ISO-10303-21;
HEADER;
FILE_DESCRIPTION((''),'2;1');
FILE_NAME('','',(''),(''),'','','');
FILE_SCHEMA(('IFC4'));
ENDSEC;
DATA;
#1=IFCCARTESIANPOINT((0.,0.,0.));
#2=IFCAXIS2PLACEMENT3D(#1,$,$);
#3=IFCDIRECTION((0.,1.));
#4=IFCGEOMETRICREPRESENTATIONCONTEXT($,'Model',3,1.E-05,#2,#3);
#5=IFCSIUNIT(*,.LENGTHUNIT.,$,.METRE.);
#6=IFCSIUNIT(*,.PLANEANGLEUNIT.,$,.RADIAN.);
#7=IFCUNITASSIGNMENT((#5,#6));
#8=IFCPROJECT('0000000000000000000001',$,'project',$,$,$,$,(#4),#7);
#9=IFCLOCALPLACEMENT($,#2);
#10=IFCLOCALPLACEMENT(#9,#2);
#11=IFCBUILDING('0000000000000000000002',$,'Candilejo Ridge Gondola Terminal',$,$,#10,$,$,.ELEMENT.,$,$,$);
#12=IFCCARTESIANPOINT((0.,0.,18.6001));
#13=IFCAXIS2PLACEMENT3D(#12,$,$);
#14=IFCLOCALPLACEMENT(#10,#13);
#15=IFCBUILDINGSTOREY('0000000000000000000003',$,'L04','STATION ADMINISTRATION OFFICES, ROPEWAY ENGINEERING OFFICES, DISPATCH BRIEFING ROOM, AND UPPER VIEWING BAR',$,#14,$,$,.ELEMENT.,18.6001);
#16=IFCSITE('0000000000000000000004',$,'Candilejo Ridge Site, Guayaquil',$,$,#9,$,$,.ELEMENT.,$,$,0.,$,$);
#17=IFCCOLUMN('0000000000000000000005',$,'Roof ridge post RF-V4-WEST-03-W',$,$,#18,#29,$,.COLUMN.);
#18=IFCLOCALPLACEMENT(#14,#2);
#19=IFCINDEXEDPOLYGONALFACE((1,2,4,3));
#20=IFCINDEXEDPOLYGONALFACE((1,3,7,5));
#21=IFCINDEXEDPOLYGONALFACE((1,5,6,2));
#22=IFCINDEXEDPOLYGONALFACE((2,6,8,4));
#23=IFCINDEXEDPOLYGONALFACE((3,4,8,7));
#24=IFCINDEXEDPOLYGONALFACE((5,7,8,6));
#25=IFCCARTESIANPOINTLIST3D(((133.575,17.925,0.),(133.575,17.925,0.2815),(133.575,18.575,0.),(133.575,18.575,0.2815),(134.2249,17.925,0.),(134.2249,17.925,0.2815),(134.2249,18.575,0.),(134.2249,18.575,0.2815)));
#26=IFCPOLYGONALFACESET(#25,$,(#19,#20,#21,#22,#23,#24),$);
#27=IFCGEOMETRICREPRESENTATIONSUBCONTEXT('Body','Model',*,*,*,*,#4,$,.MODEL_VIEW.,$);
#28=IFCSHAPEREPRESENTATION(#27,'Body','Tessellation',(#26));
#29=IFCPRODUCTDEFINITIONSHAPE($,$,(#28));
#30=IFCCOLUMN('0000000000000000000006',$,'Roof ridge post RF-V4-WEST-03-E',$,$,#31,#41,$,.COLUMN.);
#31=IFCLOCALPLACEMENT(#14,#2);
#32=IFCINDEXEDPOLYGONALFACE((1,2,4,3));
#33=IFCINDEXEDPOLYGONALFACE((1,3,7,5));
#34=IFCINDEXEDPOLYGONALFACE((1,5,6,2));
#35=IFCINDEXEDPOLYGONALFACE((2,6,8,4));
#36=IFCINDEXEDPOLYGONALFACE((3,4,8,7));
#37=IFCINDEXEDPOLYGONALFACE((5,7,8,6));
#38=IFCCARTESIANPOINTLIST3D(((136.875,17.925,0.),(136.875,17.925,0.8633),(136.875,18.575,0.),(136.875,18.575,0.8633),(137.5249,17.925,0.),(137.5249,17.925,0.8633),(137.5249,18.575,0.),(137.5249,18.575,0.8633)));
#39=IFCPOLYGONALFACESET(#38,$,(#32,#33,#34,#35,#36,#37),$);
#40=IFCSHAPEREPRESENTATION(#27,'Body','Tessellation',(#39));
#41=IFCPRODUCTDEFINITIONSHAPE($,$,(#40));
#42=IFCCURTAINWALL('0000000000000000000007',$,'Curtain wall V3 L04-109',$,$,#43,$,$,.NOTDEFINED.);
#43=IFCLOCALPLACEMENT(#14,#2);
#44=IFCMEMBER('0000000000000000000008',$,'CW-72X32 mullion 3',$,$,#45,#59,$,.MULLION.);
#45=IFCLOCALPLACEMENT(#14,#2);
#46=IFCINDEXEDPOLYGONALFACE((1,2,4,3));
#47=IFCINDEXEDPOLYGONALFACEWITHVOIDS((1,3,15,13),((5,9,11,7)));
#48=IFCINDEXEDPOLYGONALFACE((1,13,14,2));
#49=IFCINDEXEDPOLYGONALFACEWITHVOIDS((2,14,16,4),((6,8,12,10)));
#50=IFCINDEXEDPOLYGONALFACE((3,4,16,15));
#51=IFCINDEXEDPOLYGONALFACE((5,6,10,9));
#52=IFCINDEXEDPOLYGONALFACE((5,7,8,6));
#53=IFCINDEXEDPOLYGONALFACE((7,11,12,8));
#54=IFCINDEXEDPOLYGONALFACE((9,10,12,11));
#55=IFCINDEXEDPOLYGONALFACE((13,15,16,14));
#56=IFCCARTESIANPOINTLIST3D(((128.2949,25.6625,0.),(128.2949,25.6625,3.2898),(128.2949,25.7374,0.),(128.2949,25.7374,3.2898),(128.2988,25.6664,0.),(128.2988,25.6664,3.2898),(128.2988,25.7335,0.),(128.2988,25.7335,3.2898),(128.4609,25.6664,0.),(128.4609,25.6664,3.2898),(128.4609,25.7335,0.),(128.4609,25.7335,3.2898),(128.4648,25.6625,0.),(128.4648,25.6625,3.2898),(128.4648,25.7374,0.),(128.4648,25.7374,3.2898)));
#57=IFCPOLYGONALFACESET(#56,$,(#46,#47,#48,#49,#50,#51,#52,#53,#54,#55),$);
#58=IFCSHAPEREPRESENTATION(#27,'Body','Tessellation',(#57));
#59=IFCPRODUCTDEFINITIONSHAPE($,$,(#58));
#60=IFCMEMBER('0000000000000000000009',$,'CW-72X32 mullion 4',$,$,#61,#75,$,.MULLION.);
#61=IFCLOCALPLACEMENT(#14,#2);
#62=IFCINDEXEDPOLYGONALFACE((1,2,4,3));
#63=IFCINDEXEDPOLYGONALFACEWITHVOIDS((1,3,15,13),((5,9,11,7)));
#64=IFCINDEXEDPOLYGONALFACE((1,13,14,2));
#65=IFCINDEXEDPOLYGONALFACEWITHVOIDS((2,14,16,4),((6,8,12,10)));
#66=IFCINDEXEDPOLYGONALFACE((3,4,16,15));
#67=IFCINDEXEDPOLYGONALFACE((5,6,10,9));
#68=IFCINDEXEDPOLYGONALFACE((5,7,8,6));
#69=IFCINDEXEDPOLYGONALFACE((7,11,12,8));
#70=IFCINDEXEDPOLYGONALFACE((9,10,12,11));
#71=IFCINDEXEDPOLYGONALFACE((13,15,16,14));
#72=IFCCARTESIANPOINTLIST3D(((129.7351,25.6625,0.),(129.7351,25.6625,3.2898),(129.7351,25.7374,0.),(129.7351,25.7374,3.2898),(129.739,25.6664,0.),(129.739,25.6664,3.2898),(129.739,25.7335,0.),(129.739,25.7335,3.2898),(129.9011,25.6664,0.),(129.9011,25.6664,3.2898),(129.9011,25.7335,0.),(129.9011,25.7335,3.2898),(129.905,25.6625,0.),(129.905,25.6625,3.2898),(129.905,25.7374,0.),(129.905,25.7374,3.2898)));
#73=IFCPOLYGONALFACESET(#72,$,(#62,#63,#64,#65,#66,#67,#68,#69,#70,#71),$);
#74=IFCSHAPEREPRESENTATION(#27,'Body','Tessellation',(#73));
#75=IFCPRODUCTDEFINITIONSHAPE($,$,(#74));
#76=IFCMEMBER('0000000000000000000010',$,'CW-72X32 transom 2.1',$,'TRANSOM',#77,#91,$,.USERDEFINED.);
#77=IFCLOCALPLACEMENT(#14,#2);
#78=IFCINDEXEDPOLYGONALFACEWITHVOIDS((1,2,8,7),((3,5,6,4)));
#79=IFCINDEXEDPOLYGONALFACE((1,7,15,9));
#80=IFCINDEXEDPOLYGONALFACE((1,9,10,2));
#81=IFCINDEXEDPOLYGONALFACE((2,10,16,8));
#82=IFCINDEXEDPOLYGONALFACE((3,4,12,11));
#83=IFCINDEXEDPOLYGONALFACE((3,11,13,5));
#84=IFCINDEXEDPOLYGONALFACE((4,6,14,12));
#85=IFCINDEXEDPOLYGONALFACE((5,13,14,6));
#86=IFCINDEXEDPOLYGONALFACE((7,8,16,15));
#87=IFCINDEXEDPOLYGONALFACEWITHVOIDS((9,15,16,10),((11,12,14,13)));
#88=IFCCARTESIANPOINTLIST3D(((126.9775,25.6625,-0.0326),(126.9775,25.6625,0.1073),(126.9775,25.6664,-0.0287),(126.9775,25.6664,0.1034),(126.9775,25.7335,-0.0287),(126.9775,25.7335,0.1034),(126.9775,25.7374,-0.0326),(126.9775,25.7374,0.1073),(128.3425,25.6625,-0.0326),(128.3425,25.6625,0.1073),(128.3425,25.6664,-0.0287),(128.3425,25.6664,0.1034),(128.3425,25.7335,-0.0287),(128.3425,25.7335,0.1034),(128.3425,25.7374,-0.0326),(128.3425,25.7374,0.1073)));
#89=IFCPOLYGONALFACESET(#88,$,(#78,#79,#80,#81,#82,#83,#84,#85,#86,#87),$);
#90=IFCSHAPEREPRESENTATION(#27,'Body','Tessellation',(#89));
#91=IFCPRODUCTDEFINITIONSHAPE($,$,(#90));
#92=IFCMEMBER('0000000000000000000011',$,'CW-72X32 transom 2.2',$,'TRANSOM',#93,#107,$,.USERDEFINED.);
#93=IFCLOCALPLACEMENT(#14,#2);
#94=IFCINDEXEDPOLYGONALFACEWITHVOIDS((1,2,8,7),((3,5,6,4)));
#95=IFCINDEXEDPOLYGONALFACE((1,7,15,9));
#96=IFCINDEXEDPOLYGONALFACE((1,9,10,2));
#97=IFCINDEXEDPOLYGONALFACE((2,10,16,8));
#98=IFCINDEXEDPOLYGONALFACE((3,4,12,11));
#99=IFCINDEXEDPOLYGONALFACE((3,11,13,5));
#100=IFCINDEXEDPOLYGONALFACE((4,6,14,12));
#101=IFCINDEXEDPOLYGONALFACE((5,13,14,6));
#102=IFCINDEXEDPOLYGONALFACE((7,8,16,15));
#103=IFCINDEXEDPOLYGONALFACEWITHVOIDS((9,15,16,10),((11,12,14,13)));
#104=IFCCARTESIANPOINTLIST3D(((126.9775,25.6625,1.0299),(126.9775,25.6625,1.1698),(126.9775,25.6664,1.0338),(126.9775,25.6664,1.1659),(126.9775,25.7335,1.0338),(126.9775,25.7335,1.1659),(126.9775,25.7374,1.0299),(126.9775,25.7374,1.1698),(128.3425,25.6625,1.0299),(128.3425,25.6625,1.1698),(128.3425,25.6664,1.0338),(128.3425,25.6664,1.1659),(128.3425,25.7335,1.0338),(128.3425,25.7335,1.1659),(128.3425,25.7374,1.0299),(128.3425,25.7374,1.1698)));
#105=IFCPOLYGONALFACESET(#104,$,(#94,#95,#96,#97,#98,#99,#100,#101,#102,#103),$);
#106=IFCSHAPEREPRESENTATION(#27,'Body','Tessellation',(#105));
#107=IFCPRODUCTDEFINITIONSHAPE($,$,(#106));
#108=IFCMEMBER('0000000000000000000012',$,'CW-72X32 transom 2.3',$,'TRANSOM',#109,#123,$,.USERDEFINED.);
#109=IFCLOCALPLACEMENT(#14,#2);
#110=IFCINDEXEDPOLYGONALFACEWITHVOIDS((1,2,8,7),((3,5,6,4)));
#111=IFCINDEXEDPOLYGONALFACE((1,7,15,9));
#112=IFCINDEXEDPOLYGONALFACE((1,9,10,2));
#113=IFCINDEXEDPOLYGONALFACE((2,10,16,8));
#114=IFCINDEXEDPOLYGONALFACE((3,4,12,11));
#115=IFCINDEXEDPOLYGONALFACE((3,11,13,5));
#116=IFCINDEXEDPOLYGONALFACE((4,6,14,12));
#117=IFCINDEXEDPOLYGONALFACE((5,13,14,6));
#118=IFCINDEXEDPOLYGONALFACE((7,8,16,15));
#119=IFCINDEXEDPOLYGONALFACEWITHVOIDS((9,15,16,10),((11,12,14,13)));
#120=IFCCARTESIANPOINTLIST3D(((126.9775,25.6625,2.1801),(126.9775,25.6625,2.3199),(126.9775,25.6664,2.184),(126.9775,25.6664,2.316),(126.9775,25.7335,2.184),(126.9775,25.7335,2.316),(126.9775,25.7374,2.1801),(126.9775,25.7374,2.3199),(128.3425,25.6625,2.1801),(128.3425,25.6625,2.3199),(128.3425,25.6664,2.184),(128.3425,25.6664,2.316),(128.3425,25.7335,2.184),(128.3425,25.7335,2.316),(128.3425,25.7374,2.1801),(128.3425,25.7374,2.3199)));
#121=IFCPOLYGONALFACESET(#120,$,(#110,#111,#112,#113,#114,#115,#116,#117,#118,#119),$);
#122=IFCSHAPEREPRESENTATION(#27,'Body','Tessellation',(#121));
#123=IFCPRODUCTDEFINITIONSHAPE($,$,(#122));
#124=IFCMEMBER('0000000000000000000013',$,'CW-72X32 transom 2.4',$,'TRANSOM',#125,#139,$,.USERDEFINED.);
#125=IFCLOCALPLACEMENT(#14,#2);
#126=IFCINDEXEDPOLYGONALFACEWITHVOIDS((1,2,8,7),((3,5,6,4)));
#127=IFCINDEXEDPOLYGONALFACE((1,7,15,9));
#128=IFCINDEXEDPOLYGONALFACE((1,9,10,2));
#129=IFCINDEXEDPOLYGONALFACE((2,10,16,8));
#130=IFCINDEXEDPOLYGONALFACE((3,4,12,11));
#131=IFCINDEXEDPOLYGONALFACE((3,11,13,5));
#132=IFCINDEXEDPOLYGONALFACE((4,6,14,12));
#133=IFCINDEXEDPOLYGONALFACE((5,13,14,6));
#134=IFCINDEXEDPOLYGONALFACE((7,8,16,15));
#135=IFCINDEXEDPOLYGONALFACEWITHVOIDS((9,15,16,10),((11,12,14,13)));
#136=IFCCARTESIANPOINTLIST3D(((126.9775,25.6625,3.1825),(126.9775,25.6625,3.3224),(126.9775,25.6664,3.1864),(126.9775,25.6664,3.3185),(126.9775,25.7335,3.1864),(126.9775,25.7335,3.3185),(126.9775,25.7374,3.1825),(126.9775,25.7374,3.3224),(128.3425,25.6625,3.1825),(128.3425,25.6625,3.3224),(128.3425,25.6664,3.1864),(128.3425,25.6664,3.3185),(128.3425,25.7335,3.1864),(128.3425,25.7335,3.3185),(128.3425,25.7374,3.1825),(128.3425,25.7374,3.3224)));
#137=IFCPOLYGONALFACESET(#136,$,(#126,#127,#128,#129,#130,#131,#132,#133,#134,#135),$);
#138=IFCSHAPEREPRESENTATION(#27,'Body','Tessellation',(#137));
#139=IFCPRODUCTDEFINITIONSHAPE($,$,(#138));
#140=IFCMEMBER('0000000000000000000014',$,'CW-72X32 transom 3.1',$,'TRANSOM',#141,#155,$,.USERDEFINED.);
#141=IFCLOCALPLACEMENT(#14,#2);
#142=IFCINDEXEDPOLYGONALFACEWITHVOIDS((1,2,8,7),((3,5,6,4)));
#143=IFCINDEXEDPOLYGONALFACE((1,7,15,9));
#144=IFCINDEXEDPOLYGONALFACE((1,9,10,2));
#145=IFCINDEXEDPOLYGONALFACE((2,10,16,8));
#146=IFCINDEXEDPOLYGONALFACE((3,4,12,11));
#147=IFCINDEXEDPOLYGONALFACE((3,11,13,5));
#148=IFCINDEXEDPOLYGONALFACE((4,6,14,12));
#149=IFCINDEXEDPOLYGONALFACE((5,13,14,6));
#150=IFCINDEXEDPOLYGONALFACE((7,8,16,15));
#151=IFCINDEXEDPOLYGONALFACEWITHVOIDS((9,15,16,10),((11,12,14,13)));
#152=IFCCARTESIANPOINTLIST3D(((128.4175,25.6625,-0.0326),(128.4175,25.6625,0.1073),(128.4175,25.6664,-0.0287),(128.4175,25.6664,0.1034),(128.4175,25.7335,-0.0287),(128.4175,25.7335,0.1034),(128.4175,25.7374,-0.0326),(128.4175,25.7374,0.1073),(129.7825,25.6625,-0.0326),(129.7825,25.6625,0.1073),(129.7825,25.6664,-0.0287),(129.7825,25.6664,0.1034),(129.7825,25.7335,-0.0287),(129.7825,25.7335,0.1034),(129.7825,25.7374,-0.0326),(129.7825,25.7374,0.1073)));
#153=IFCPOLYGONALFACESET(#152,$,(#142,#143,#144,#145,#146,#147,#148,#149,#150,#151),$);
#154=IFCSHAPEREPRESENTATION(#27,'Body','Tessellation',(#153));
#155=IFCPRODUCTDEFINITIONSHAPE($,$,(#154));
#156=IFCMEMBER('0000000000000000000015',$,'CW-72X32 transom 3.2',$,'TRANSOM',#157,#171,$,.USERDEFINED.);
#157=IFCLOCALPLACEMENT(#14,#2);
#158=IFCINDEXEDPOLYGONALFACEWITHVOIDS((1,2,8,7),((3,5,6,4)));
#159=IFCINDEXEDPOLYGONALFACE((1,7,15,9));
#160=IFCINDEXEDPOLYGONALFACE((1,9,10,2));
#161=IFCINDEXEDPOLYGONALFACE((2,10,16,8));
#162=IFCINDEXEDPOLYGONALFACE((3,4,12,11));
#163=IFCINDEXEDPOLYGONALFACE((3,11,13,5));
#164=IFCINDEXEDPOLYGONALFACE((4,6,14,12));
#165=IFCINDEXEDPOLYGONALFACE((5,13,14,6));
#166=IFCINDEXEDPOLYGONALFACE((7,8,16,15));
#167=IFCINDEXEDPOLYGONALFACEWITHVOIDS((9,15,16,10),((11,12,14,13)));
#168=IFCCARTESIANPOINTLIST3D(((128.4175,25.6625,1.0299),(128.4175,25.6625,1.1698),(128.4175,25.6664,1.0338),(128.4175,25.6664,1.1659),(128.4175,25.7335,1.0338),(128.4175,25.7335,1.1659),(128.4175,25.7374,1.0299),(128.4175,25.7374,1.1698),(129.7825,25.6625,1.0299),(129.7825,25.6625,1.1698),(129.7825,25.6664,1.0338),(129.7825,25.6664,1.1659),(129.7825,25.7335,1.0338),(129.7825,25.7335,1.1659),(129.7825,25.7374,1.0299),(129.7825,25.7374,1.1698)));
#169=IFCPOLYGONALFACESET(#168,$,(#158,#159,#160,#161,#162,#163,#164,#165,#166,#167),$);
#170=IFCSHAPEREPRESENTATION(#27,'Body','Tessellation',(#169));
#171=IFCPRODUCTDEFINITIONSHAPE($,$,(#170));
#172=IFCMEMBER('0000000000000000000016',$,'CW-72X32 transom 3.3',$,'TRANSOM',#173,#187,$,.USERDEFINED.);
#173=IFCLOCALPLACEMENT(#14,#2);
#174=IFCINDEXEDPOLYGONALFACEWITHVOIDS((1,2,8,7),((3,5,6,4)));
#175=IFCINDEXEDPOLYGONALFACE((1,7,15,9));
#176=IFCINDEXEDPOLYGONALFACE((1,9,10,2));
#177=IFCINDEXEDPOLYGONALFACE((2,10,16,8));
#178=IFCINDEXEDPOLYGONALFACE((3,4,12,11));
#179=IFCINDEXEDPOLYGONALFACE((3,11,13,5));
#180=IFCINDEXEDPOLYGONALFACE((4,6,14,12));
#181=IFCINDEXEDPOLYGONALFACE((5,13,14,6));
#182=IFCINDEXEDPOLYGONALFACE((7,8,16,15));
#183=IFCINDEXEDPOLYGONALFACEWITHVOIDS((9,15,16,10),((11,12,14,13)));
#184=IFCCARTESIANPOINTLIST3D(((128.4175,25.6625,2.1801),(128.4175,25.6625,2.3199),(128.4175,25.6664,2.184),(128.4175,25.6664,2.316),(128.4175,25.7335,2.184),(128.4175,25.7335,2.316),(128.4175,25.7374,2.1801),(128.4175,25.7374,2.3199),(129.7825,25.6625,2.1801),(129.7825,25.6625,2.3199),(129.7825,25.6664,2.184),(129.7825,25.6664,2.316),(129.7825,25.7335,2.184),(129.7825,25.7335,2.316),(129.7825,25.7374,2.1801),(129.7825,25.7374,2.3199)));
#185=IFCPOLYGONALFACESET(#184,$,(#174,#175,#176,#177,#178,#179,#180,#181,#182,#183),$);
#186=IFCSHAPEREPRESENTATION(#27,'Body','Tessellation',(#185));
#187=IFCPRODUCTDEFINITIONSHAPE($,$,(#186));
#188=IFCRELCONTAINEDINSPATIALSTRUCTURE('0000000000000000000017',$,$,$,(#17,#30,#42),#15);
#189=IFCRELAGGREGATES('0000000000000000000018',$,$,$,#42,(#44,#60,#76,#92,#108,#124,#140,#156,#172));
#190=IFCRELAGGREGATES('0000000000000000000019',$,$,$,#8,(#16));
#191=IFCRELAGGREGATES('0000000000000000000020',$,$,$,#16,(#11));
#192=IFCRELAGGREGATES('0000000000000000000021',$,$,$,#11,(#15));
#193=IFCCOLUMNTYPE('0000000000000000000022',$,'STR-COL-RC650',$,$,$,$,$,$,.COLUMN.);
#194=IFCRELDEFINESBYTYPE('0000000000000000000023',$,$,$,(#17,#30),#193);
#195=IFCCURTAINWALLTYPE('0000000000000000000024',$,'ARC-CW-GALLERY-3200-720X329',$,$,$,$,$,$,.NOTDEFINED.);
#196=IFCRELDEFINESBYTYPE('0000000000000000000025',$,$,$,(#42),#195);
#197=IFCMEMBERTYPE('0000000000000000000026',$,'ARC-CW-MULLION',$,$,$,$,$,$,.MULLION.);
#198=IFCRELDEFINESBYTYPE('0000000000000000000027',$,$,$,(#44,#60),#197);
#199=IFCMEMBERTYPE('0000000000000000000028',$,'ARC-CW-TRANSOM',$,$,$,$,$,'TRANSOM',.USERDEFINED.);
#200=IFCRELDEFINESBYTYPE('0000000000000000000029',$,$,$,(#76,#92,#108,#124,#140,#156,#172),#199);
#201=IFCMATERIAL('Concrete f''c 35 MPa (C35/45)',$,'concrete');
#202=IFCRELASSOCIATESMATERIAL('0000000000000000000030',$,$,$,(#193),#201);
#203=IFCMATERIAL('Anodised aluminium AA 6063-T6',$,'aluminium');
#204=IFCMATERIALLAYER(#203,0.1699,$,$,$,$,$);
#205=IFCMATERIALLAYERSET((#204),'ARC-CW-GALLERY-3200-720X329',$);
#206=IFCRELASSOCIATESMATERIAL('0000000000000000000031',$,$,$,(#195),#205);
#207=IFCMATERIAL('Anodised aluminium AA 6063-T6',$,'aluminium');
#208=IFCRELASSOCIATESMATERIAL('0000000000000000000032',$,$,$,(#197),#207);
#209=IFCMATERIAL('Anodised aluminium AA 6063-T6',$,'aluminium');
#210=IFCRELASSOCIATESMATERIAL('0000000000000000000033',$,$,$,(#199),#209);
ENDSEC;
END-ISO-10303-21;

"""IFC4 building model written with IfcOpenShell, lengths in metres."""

from ifc_helpers import new_model, si_unit, direction, frame, origin, origin_2d, place, context, subcontext, project, spatial, rectangle, hollow_rectangle, extrude, material, layer, layer_set, material_profile, profile_set, type_object, element, aggregate, save


model = new_model("IFC4")

# Units and contexts
model_context = context("Model", 3, precision=1e-05, world=origin(), true_north=direction((0.0, 1.0)))
body_context = subcontext(model_context, "Body", "Model", "MODEL_VIEW")
ifc_project = project(units=[si_unit("LENGTHUNIT", "METRE"), si_unit("PLANEANGLEUNIT", "RADIAN")], contexts=[model_context])

# Site, building, storey
site_placement = place(None, origin())
site = spatial("IfcSite", under=ifc_project, at=site_placement, Name="Candilejo Ridge Site, Guayaquil", CompositionType="ELEMENT", RefElevation=0.0)
building_placement = place(site_placement, origin())
building = spatial("IfcBuilding", under=site, at=building_placement, Name="Candilejo Ridge Gondola Terminal", CompositionType="ELEMENT")
storey_placement = place(building_placement, frame((0.0, 0.0, 18.6001)))
storey = spatial("IfcBuildingStorey", under=building, at=storey_placement, Name="L04", Description="STATION ADMINISTRATION OFFICES, ROPEWAY ENGINEERING OFFICES, DISPATCH BRIEFING ROOM, AND UPPER VIEWING BAR", CompositionType="ELEMENT", Elevation=18.6001)

# Columns
ifc_material_1 = material(Name="Concrete f'c 35 MPa (C35/45)", Category="concrete")
ifc_material_profile_1 = material_profile(ifc_material_1, rectangle(XDim=0.6499, YDim=0.6499, at=origin_2d()))
ifc_profile_set_1 = profile_set([ifc_material_profile_1], Name="Concrete f'c 35 MPa (C35/45)")
column_type = type_object("IfcColumnType", Name="STR-COL-RC650", PredefinedType="COLUMN", material=ifc_profile_set_1)
column_1_placement = place(storey_placement, frame((133.8999, 18.25, 0.0), z_axis=(0.0, 0.0, 1.0), x_axis=(1.0, 0.0, 0.0)))
element("IfcColumn", 1, at=column_1_placement, inside=storey, type_object=column_type, Name="Roof ridge post RF-V4-WEST-03-W", PredefinedType="COLUMN", context=body_context, shape_type="SweptSolid", body=[
    extrude(rectangle(XDim=0.6499, YDim=0.6499, at=origin_2d()), origin(), (0.0, 0.0, 1.0), 0.2815),
])
column_2_placement = place(storey_placement, frame((137.2, 18.25, 0.0), z_axis=(0.0, 0.0, 1.0), x_axis=(1.0, 0.0, 0.0)))
element("IfcColumn", 2, at=column_2_placement, inside=storey, type_object=column_type, Name="Roof ridge post RF-V4-WEST-03-E", PredefinedType="COLUMN", context=body_context, shape_type="SweptSolid", body=[
    extrude(rectangle(XDim=0.6499, YDim=0.6499, at=origin_2d()), origin(), (0.0, 0.0, 1.0), 0.8633),
])

# Curtain wall, members
ifc_material_2 = material(Name="Anodised aluminium AA 6063-T6", Category="aluminium")
ifc_layer_1 = layer(ifc_material_2, 0.1699)
ifc_layer_set_1 = layer_set([ifc_layer_1], Name="ARC-CW-GALLERY-3200-720X329")
curtain_wall_type = type_object("IfcCurtainWallType", Name="ARC-CW-GALLERY-3200-720X329", PredefinedType="NOTDEFINED", material=ifc_layer_set_1)
curtain_wall_placement = place(storey_placement, origin())
curtain_wall = element("IfcCurtainWall", 3, at=curtain_wall_placement, inside=storey, type_object=curtain_wall_type, Name="Curtain wall V3 L04-109", PredefinedType="NOTDEFINED")
ifc_material_3 = material(Name="Anodised aluminium AA 6063-T6", Category="aluminium")
ifc_material_profile_2 = material_profile(ifc_material_3, hollow_rectangle(XDim=0.075, YDim=0.1699, WallThickness=0.0039, at=origin_2d()))
ifc_profile_set_2 = profile_set([ifc_material_profile_2], Name="Anodised aluminium AA 6063-T6")
member_type_1 = type_object("IfcMemberType", Name="ARC-CW-MULLION", PredefinedType="MULLION", material=ifc_profile_set_2)
member_1_placement = place(storey_placement, frame((128.3799, 25.7, 0.0), z_axis=(0.0, 0.0, 1.0), x_axis=(0.0, 1.0, 0.0)))
member_1 = element("IfcMember", 4, at=member_1_placement, type_object=member_type_1, Name="CW-72X32 mullion 3", PredefinedType="MULLION", context=body_context, shape_type="SweptSolid", body=[
    extrude(hollow_rectangle(XDim=0.075, YDim=0.1699, WallThickness=0.0039, at=origin_2d()), origin(), (0.0, 0.0, 1.0), 3.2898),
])
member_2_placement = place(storey_placement, frame((129.8201, 25.7, 0.0), z_axis=(0.0, 0.0, 1.0), x_axis=(0.0, 1.0, 0.0)))
member_2 = element("IfcMember", 5, at=member_2_placement, type_object=member_type_1, Name="CW-72X32 mullion 4", PredefinedType="MULLION", context=body_context, shape_type="SweptSolid", body=[
    extrude(hollow_rectangle(XDim=0.075, YDim=0.1699, WallThickness=0.0039, at=origin_2d()), origin(), (0.0, 0.0, 1.0), 3.2898),
])
ifc_material_4 = material(Name="Anodised aluminium AA 6063-T6", Category="aluminium")
ifc_material_profile_3 = material_profile(ifc_material_4, hollow_rectangle(XDim=0.075, YDim=0.1399, WallThickness=0.0039, at=origin_2d()))
ifc_profile_set_3 = profile_set([ifc_material_profile_3], Name="Anodised aluminium AA 6063-T6")
member_type_2 = type_object("IfcMemberType", Name="ARC-CW-TRANSOM", ElementType="TRANSOM", PredefinedType="USERDEFINED", material=ifc_profile_set_3)
member_3_placement = place(storey_placement, frame((126.9775, 25.7, 0.0374), z_axis=(1.0, 0.0, 0.0), x_axis=(0.0, 1.0, 0.0)))
member_3 = element("IfcMember", 6, at=member_3_placement, type_object=member_type_2, Name="CW-72X32 transom 2.1", ObjectType="TRANSOM", PredefinedType="USERDEFINED", context=body_context, shape_type="SweptSolid", body=[
    extrude(hollow_rectangle(XDim=0.075, YDim=0.1399, WallThickness=0.0039, at=origin_2d()), origin(), (0.0, 0.0, 1.0), 1.365),
])
member_4_placement = place(storey_placement, frame((126.9775, 25.7, 1.0999), z_axis=(1.0, 0.0, 0.0), x_axis=(0.0, 1.0, 0.0)))
member_4 = element("IfcMember", 7, at=member_4_placement, type_object=member_type_2, Name="CW-72X32 transom 2.2", ObjectType="TRANSOM", PredefinedType="USERDEFINED", context=body_context, shape_type="SweptSolid", body=[
    extrude(hollow_rectangle(XDim=0.075, YDim=0.1399, WallThickness=0.0039, at=origin_2d()), origin(), (0.0, 0.0, 1.0), 1.365),
])
member_5_placement = place(storey_placement, frame((126.9775, 25.7, 2.25), z_axis=(1.0, 0.0, 0.0), x_axis=(0.0, 1.0, 0.0)))
member_5 = element("IfcMember", 8, at=member_5_placement, type_object=member_type_2, Name="CW-72X32 transom 2.3", ObjectType="TRANSOM", PredefinedType="USERDEFINED", context=body_context, shape_type="SweptSolid", body=[
    extrude(hollow_rectangle(XDim=0.075, YDim=0.1399, WallThickness=0.0039, at=origin_2d()), origin(), (0.0, 0.0, 1.0), 1.365),
])
member_6_placement = place(storey_placement, frame((126.9775, 25.7, 3.2524), z_axis=(1.0, 0.0, 0.0), x_axis=(0.0, 1.0, 0.0)))
member_6 = element("IfcMember", 9, at=member_6_placement, type_object=member_type_2, Name="CW-72X32 transom 2.4", ObjectType="TRANSOM", PredefinedType="USERDEFINED", context=body_context, shape_type="SweptSolid", body=[
    extrude(hollow_rectangle(XDim=0.075, YDim=0.1399, WallThickness=0.0039, at=origin_2d()), origin(), (0.0, 0.0, 1.0), 1.365),
])
member_7_placement = place(storey_placement, frame((128.4175, 25.7, 0.0374), z_axis=(1.0, 0.0, 0.0), x_axis=(0.0, 1.0, 0.0)))
member_7 = element("IfcMember", 10, at=member_7_placement, type_object=member_type_2, Name="CW-72X32 transom 3.1", ObjectType="TRANSOM", PredefinedType="USERDEFINED", context=body_context, shape_type="SweptSolid", body=[
    extrude(hollow_rectangle(XDim=0.075, YDim=0.1399, WallThickness=0.0039, at=origin_2d()), origin(), (0.0, 0.0, 1.0), 1.365),
])
member_8_placement = place(storey_placement, frame((128.4175, 25.7, 1.0999), z_axis=(1.0, 0.0, 0.0), x_axis=(0.0, 1.0, 0.0)))
member_8 = element("IfcMember", 11, at=member_8_placement, type_object=member_type_2, Name="CW-72X32 transom 3.2", ObjectType="TRANSOM", PredefinedType="USERDEFINED", context=body_context, shape_type="SweptSolid", body=[
    extrude(hollow_rectangle(XDim=0.075, YDim=0.1399, WallThickness=0.0039, at=origin_2d()), origin(), (0.0, 0.0, 1.0), 1.365),
])
member_9_placement = place(storey_placement, frame((128.4175, 25.7, 2.25), z_axis=(1.0, 0.0, 0.0), x_axis=(0.0, 1.0, 0.0)))
member_9 = element("IfcMember", 12, at=member_9_placement, type_object=member_type_2, Name="CW-72X32 transom 3.3", ObjectType="TRANSOM", PredefinedType="USERDEFINED", context=body_context, shape_type="SweptSolid", body=[
    extrude(hollow_rectangle(XDim=0.075, YDim=0.1399, WallThickness=0.0039, at=origin_2d()), origin(), (0.0, 0.0, 1.0), 1.365),
])

aggregate(curtain_wall, [member_1, member_2, member_3, member_4, member_5, member_6, member_7, member_8, member_9])

save(model, "model.ifc")
